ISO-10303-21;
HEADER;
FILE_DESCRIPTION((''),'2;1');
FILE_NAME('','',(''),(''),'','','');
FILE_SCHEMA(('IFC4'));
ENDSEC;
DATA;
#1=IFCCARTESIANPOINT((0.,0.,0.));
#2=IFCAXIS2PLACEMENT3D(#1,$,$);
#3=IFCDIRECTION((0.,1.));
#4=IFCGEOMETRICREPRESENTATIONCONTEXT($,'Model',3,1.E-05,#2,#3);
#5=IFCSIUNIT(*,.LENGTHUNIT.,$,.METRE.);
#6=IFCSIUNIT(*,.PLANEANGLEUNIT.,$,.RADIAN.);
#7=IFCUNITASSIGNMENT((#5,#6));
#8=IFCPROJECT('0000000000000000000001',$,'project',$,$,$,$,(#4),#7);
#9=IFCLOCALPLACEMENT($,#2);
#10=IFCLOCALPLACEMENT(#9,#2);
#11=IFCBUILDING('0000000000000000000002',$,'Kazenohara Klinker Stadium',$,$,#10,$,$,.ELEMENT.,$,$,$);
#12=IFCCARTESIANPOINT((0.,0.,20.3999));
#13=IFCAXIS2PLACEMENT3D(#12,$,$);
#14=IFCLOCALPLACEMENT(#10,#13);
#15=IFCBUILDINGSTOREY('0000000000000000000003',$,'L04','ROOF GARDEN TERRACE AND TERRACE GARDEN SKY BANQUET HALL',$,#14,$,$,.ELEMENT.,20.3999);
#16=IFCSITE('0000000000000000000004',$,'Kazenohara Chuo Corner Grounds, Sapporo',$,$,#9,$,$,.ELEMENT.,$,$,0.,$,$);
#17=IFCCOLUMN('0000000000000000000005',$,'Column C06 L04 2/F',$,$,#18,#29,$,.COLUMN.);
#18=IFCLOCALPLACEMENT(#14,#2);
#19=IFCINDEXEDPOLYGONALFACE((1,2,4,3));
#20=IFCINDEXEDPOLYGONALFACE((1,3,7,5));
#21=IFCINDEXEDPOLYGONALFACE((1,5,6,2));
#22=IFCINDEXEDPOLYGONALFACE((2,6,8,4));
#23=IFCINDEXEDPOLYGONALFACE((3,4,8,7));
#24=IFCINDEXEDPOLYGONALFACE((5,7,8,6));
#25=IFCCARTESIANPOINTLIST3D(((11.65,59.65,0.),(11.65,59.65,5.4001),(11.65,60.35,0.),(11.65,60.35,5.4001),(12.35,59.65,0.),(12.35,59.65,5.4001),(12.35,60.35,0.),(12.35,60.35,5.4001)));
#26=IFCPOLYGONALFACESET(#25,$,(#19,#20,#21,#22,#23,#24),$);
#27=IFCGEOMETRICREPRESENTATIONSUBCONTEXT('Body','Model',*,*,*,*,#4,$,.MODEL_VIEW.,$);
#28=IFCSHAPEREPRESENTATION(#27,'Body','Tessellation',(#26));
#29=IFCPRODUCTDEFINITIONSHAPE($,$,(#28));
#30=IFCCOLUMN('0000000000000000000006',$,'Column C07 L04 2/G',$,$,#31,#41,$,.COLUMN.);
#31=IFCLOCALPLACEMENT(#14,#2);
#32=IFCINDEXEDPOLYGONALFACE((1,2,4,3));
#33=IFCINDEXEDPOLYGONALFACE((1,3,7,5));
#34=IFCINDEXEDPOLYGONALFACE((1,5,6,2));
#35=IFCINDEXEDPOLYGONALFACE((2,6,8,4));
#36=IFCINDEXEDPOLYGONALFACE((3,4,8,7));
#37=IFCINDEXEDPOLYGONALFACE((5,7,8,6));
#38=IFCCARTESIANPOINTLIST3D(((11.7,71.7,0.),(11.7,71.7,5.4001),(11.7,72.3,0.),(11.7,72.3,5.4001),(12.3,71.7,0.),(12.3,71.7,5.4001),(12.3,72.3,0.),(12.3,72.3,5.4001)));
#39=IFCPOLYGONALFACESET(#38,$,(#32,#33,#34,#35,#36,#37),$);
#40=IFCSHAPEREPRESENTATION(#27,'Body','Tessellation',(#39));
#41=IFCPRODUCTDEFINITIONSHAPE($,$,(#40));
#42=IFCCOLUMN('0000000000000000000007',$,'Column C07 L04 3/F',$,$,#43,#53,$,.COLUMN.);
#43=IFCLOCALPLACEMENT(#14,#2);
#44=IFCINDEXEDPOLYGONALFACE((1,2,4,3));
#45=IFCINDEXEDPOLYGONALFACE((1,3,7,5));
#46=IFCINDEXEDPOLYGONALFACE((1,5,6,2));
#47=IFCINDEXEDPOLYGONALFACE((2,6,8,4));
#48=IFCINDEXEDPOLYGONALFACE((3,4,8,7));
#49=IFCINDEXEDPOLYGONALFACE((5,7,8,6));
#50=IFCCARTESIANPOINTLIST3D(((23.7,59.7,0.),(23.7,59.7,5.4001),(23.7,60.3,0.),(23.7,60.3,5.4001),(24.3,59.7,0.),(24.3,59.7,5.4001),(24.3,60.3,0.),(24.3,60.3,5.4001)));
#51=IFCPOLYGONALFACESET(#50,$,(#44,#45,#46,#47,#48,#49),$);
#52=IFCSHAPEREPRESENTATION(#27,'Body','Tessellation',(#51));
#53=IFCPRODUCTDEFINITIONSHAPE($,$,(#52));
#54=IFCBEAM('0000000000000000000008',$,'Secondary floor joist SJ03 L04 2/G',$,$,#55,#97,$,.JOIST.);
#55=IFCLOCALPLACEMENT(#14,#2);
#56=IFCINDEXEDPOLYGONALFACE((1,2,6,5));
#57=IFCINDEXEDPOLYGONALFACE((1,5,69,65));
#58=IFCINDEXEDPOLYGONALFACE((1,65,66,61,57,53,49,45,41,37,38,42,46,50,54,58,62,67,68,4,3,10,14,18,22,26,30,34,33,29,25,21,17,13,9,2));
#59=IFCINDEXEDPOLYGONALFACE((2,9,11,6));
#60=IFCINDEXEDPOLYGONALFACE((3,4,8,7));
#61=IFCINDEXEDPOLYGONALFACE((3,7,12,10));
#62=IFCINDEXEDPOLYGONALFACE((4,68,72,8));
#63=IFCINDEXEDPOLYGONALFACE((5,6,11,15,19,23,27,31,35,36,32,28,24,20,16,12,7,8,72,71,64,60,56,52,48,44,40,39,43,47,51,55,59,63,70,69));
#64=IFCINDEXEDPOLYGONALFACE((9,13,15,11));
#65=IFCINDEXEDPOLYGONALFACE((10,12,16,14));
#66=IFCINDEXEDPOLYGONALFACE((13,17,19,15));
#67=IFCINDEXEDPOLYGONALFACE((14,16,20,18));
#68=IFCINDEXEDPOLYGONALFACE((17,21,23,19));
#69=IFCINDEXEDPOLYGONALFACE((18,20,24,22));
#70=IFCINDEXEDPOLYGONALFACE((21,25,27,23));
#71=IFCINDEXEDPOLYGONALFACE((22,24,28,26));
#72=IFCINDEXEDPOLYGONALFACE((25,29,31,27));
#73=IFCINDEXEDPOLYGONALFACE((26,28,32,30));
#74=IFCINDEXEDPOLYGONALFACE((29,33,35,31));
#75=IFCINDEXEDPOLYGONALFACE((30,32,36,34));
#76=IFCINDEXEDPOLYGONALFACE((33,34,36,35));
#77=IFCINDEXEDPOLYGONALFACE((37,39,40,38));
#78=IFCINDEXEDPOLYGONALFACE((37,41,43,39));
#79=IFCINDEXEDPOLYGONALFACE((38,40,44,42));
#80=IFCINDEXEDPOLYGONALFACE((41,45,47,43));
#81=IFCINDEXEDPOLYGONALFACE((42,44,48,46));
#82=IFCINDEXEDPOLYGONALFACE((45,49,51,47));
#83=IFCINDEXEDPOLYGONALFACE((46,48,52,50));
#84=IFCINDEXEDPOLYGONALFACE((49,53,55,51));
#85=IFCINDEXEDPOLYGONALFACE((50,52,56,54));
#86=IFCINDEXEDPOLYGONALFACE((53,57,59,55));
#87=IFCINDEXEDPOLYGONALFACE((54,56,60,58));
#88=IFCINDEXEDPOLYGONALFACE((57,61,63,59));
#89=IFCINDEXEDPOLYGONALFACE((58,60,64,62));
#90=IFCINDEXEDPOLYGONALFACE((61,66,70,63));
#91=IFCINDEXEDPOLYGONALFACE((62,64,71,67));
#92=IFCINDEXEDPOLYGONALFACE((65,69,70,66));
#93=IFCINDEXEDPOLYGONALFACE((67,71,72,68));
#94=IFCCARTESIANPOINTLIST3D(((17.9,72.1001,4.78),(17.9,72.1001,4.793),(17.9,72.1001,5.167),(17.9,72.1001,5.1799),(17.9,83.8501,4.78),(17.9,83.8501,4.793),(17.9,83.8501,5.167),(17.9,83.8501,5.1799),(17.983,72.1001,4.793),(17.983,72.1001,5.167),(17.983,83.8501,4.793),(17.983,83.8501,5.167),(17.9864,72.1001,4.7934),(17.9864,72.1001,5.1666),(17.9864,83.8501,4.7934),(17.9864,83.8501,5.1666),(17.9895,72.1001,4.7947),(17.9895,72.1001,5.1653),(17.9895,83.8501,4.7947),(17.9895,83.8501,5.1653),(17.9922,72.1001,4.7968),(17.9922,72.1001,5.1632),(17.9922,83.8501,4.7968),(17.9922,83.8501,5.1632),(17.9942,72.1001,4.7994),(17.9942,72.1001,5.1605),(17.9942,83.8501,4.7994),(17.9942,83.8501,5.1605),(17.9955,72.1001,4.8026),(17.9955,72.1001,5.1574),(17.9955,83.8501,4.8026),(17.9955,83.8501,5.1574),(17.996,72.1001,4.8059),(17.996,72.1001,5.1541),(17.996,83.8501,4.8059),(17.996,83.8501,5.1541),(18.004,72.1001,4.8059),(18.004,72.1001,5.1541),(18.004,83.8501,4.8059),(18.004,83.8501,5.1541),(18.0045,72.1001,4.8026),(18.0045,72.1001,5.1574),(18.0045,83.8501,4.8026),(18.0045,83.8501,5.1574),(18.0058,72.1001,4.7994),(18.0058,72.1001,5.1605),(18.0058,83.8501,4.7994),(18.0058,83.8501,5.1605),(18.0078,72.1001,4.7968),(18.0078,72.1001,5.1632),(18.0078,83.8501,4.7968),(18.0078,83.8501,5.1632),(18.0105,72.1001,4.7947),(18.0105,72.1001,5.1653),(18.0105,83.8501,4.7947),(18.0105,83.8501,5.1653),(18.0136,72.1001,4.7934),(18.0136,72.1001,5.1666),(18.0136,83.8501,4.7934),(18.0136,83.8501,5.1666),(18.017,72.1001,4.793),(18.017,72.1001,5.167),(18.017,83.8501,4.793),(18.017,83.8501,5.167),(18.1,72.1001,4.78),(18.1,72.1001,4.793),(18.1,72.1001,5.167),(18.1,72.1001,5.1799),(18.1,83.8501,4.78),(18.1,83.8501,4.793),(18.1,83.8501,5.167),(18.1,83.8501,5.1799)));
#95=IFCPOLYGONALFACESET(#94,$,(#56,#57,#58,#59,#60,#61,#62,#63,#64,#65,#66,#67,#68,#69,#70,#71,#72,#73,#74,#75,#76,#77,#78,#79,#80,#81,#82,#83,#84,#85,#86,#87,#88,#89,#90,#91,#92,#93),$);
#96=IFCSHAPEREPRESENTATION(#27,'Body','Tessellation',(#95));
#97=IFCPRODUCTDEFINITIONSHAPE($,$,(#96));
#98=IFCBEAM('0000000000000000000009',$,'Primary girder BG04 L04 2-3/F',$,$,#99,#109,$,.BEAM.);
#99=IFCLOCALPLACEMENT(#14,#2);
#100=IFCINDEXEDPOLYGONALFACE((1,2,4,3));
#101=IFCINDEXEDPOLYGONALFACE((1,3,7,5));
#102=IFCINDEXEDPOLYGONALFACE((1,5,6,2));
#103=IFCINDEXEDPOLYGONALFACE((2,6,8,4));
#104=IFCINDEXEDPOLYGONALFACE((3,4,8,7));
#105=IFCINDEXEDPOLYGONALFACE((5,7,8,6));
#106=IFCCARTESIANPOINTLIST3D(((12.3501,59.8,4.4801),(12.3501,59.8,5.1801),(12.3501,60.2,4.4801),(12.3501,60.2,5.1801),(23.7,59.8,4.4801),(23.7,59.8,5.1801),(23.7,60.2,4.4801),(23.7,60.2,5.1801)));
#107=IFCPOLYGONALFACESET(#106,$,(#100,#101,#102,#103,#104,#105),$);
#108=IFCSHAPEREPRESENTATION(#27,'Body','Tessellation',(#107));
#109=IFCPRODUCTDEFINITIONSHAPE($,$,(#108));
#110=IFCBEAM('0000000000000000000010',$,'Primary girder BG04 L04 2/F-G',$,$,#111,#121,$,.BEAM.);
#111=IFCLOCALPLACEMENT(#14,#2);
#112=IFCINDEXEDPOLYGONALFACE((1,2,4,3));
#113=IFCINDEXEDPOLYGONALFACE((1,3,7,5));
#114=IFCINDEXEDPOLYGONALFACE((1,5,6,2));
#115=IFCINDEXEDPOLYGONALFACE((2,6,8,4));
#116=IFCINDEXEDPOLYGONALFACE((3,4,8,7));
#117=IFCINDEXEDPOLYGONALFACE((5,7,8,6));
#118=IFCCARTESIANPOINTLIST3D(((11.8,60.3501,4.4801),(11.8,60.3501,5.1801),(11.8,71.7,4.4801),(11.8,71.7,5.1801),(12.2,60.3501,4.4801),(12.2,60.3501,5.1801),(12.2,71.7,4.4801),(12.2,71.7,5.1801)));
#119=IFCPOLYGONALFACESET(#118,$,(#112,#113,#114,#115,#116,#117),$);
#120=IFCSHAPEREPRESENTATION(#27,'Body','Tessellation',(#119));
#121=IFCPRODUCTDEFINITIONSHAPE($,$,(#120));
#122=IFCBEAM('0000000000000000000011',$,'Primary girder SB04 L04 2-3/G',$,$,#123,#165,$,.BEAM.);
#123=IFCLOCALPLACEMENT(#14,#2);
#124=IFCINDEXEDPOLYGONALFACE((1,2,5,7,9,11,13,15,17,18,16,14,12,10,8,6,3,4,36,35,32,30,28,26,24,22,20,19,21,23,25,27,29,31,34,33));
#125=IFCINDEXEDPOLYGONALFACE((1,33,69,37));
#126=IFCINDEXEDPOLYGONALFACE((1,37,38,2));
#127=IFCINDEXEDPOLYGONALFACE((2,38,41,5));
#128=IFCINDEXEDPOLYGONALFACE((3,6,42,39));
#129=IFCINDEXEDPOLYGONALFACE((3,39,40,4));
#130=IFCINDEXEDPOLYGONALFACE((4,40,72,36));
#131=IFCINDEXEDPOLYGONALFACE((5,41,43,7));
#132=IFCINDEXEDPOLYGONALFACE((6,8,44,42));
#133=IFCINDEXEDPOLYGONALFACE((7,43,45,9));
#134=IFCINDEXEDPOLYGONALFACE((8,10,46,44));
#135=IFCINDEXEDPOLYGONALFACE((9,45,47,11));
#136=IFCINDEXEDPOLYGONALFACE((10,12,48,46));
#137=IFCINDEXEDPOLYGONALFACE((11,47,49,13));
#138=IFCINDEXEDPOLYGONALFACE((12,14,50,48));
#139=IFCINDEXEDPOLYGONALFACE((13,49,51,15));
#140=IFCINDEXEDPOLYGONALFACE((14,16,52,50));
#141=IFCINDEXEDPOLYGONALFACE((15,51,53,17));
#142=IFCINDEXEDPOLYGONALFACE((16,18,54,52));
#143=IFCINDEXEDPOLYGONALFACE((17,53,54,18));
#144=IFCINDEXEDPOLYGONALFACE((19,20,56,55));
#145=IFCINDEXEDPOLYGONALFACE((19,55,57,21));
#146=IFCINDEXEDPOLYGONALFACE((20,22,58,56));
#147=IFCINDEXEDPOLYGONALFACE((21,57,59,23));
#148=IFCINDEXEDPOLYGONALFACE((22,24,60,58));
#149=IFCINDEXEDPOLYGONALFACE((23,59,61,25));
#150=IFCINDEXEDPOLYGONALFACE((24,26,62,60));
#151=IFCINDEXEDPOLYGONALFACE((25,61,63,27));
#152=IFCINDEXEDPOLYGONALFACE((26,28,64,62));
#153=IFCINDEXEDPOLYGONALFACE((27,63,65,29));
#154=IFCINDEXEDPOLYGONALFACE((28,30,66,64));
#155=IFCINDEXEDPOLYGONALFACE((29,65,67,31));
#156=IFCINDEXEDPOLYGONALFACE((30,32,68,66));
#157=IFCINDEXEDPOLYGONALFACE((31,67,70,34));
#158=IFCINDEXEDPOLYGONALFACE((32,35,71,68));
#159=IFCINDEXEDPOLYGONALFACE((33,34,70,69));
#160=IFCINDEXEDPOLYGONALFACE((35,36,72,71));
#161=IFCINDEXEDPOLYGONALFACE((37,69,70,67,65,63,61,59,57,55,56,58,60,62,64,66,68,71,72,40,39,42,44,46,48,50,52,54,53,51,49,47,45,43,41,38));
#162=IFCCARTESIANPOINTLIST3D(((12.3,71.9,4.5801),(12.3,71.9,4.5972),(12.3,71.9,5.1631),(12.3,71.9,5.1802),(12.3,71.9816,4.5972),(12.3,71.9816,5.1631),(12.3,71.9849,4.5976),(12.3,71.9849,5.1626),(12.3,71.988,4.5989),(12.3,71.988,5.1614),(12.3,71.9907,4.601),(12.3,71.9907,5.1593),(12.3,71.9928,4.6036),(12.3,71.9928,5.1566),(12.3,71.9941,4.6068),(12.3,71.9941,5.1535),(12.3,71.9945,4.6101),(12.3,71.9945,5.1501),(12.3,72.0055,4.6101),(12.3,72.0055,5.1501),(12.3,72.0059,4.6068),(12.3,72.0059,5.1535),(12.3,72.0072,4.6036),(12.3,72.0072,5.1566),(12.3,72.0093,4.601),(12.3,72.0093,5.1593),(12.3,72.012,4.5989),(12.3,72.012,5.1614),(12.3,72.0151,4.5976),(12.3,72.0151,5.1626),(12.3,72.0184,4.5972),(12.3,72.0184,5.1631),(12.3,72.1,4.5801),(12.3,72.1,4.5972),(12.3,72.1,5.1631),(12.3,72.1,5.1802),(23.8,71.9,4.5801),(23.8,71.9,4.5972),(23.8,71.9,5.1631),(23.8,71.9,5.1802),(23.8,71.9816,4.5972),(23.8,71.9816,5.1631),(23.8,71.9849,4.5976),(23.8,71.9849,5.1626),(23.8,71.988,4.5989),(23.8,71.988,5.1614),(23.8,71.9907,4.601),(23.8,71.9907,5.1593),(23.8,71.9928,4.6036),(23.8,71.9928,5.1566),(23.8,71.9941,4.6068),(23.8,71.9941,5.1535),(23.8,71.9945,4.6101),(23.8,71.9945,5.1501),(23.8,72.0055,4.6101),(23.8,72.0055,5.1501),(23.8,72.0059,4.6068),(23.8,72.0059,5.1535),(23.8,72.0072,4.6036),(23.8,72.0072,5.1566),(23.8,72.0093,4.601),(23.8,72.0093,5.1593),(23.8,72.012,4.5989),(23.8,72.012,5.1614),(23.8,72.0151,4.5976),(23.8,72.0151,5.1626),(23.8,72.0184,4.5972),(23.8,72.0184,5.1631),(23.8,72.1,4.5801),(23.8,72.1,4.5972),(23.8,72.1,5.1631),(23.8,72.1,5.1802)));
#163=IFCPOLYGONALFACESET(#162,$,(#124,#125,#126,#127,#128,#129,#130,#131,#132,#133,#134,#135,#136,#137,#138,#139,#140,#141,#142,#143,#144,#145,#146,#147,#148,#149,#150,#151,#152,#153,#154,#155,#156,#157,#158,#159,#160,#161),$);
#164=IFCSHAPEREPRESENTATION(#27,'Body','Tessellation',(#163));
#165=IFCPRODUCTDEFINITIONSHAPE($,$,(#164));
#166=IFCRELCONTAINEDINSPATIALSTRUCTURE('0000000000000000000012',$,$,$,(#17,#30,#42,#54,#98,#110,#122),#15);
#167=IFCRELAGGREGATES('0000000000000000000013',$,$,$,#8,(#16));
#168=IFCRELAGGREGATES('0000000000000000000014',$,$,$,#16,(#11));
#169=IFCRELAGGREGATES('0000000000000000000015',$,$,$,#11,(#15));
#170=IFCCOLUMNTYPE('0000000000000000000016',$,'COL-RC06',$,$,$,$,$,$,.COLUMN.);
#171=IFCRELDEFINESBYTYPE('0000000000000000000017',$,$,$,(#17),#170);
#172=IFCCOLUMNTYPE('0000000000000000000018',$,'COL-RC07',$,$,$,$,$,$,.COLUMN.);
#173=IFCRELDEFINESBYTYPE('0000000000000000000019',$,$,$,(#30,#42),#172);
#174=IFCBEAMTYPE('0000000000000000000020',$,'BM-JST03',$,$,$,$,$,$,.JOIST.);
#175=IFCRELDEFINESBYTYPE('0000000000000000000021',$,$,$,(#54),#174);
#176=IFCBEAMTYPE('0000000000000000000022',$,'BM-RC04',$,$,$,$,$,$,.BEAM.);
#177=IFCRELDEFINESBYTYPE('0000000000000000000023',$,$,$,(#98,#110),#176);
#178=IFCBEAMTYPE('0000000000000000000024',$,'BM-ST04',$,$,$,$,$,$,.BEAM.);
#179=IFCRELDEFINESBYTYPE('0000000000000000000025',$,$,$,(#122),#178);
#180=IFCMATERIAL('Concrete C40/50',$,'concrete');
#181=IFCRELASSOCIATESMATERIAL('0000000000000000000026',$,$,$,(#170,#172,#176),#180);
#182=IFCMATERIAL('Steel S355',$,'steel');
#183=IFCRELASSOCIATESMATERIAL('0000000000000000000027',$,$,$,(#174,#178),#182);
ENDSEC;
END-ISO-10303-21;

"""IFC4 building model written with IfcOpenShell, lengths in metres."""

from ifc_helpers import new_model, si_unit, direction, frame, origin, origin_2d, place, context, subcontext, project, spatial, rectangle, i_section, extrude, material, material_profile, profile_set, type_object, element, save


model = new_model("IFC4")

# Units and contexts
model_context = context("Model", 3, precision=1e-05, world=origin(), true_north=direction((0.0, 1.0)))
body_context = subcontext(model_context, "Body", "Model", "MODEL_VIEW")
ifc_project = project(units=[si_unit("LENGTHUNIT", "METRE"), si_unit("PLANEANGLEUNIT", "RADIAN")], contexts=[model_context])

# Site, building, storey
site_placement = place(None, origin())
site = spatial("IfcSite", under=ifc_project, at=site_placement, Name="Kazenohara Chuo Corner Grounds, Sapporo", CompositionType="ELEMENT", RefElevation=0.0)
building_placement = place(site_placement, origin())
building = spatial("IfcBuilding", under=site, at=building_placement, Name="Kazenohara Klinker Stadium", CompositionType="ELEMENT")
storey_placement = place(building_placement, frame((0.0, 0.0, 20.3999)))
storey = spatial("IfcBuildingStorey", under=building, at=storey_placement, Name="L04", Description="ROOF GARDEN TERRACE AND TERRACE GARDEN SKY BANQUET HALL", CompositionType="ELEMENT", Elevation=20.3999)

# Columns
ifc_material_1 = material(Name="Concrete C40/50", Category="concrete")
ifc_material_profile_1 = material_profile(ifc_material_1, rectangle(XDim=0.7, YDim=0.7, at=origin_2d()), Name="RC-COL-700x700")
ifc_profile_set_1 = profile_set([ifc_material_profile_1], Name="Concrete C40/50")
column_type_1 = type_object("IfcColumnType", Name="COL-RC06", PredefinedType="COLUMN", material=ifc_profile_set_1)
column_placement = place(storey_placement, frame((12.0, 60.0, 0.0), z_axis=(0.0, 0.0, 1.0), x_axis=(1.0, 0.0, 0.0)))
element("IfcColumn", 1, at=column_placement, inside=storey, type_object=column_type_1, Name="Column C06 L04 2/F", PredefinedType="COLUMN", context=body_context, shape_type="SweptSolid", body=[
    extrude(rectangle(XDim=0.7, YDim=0.7, at=origin_2d()), origin(), (0.0, 0.0, 1.0), 5.4001),
])
ifc_material_profile_2 = material_profile(ifc_material_1, rectangle(XDim=0.6001, YDim=0.6001, at=origin_2d()), Name="RC-COL-600x600")
ifc_profile_set_2 = profile_set([ifc_material_profile_2], Name="Concrete C40/50")
column_type_2 = type_object("IfcColumnType", Name="COL-RC07", PredefinedType="COLUMN", material=ifc_profile_set_2)
for number, where, z_axis, x_axis, name in (
    (2, (12.0, 72.0, 0.0), (0.0, 0.0, 1.0), (1.0, 0.0, 0.0), "Column C07 L04 2/G"),
    (3, (24.0, 60.0, 0.0), (0.0, 0.0, 1.0), (1.0, 0.0, 0.0), "Column C07 L04 3/F"),
):
    element("IfcColumn", number, at=place(storey_placement, frame(where, z_axis=z_axis, x_axis=x_axis)), inside=storey, type_object=column_type_2, Name=name, PredefinedType="COLUMN", context=body_context, shape_type="SweptSolid", body=[
        extrude(rectangle(XDim=0.6001, YDim=0.6001, at=origin_2d()), origin(), (0.0, 0.0, 1.0), 5.4001),
    ])

# Beams
ifc_material_2 = material(Name="Steel S355", Category="steel")
ifc_material_profile_3 = material_profile(ifc_material_2, i_section(OverallWidth=0.2, OverallDepth=0.3999, WebThickness=0.0081, FlangeThickness=0.0129, FilletRadius=0.0129, at=origin_2d()), Name="H-400x200x8x13")
ifc_profile_set_3 = profile_set([ifc_material_profile_3], Name="Steel S355")
beam_type_1 = type_object("IfcBeamType", Name="BM-JST03", PredefinedType="JOIST", material=ifc_profile_set_3)
beam_placement = place(storey_placement, frame((18.0, 72.1001, 4.98), z_axis=(0.0, 1.0, 0.0), x_axis=(-1.0, 0.0, 0.0)))
element("IfcBeam", 4, at=beam_placement, inside=storey, type_object=beam_type_1, Name="Secondary floor joist SJ03 L04 2/G", PredefinedType="JOIST", context=body_context, shape_type="SweptSolid", body=[
    extrude(i_section(OverallWidth=0.2, OverallDepth=0.3999, WebThickness=0.0081, FlangeThickness=0.0129, FilletRadius=0.0129, at=origin_2d()), origin(), (0.0, 0.0, 1.0), 11.75),
])
ifc_material_profile_4 = material_profile(ifc_material_1, rectangle(XDim=0.3999, YDim=0.7, at=origin_2d()), Name="RC-BM-400x700")
ifc_profile_set_4 = profile_set([ifc_material_profile_4], Name="Concrete C40/50")
beam_type_2 = type_object("IfcBeamType", Name="BM-RC04", PredefinedType="BEAM", material=ifc_profile_set_4)
for number, where, z_axis, x_axis, name in (
    (5, (12.3501, 60.0, 4.8301), (1.0, 0.0, 0.0), (0.0, 1.0, 0.0), "Primary girder BG04 L04 2-3/F"),
    (6, (12.0, 60.3501, 4.8301), (0.0, 1.0, 0.0), (-1.0, 0.0, 0.0), "Primary girder BG04 L04 2/F-G"),
):
    element("IfcBeam", number, at=place(storey_placement, frame(where, z_axis=z_axis, x_axis=x_axis)), inside=storey, type_object=beam_type_2, Name=name, PredefinedType="BEAM", context=body_context, shape_type="SweptSolid", body=[
        extrude(rectangle(XDim=0.3999, YDim=0.7, at=origin_2d()), origin(), (0.0, 0.0, 1.0), 11.3499),
    ])
ifc_material_profile_5 = material_profile(ifc_material_2, i_section(OverallWidth=0.2, OverallDepth=0.6001, WebThickness=0.011, FlangeThickness=0.0171, FilletRadius=0.0129, at=origin_2d()), Name="H-600x200x11x17")
ifc_profile_set_5 = profile_set([ifc_material_profile_5], Name="Steel S355")
beam_type_3 = type_object("IfcBeamType", Name="BM-ST04", PredefinedType="BEAM", material=ifc_profile_set_5)
for number, where, z_axis, x_axis, name in (
    (7, (12.3, 72.0, 4.8801), (1.0, 0.0, 0.0), (0.0, 1.0, 0.0), "Primary girder SB04 L04 2-3/G"),
):
    element("IfcBeam", number, at=place(storey_placement, frame(where, z_axis=z_axis, x_axis=x_axis)), inside=storey, type_object=beam_type_3, Name=name, PredefinedType="BEAM", context=body_context, shape_type="SweptSolid", body=[
        extrude(i_section(OverallWidth=0.2, OverallDepth=0.6001, WebThickness=0.011, FlangeThickness=0.0171, FilletRadius=0.0129, at=origin_2d()), origin(), (0.0, 0.0, 1.0), 11.5),
    ])

save(model, "model.ifc")
